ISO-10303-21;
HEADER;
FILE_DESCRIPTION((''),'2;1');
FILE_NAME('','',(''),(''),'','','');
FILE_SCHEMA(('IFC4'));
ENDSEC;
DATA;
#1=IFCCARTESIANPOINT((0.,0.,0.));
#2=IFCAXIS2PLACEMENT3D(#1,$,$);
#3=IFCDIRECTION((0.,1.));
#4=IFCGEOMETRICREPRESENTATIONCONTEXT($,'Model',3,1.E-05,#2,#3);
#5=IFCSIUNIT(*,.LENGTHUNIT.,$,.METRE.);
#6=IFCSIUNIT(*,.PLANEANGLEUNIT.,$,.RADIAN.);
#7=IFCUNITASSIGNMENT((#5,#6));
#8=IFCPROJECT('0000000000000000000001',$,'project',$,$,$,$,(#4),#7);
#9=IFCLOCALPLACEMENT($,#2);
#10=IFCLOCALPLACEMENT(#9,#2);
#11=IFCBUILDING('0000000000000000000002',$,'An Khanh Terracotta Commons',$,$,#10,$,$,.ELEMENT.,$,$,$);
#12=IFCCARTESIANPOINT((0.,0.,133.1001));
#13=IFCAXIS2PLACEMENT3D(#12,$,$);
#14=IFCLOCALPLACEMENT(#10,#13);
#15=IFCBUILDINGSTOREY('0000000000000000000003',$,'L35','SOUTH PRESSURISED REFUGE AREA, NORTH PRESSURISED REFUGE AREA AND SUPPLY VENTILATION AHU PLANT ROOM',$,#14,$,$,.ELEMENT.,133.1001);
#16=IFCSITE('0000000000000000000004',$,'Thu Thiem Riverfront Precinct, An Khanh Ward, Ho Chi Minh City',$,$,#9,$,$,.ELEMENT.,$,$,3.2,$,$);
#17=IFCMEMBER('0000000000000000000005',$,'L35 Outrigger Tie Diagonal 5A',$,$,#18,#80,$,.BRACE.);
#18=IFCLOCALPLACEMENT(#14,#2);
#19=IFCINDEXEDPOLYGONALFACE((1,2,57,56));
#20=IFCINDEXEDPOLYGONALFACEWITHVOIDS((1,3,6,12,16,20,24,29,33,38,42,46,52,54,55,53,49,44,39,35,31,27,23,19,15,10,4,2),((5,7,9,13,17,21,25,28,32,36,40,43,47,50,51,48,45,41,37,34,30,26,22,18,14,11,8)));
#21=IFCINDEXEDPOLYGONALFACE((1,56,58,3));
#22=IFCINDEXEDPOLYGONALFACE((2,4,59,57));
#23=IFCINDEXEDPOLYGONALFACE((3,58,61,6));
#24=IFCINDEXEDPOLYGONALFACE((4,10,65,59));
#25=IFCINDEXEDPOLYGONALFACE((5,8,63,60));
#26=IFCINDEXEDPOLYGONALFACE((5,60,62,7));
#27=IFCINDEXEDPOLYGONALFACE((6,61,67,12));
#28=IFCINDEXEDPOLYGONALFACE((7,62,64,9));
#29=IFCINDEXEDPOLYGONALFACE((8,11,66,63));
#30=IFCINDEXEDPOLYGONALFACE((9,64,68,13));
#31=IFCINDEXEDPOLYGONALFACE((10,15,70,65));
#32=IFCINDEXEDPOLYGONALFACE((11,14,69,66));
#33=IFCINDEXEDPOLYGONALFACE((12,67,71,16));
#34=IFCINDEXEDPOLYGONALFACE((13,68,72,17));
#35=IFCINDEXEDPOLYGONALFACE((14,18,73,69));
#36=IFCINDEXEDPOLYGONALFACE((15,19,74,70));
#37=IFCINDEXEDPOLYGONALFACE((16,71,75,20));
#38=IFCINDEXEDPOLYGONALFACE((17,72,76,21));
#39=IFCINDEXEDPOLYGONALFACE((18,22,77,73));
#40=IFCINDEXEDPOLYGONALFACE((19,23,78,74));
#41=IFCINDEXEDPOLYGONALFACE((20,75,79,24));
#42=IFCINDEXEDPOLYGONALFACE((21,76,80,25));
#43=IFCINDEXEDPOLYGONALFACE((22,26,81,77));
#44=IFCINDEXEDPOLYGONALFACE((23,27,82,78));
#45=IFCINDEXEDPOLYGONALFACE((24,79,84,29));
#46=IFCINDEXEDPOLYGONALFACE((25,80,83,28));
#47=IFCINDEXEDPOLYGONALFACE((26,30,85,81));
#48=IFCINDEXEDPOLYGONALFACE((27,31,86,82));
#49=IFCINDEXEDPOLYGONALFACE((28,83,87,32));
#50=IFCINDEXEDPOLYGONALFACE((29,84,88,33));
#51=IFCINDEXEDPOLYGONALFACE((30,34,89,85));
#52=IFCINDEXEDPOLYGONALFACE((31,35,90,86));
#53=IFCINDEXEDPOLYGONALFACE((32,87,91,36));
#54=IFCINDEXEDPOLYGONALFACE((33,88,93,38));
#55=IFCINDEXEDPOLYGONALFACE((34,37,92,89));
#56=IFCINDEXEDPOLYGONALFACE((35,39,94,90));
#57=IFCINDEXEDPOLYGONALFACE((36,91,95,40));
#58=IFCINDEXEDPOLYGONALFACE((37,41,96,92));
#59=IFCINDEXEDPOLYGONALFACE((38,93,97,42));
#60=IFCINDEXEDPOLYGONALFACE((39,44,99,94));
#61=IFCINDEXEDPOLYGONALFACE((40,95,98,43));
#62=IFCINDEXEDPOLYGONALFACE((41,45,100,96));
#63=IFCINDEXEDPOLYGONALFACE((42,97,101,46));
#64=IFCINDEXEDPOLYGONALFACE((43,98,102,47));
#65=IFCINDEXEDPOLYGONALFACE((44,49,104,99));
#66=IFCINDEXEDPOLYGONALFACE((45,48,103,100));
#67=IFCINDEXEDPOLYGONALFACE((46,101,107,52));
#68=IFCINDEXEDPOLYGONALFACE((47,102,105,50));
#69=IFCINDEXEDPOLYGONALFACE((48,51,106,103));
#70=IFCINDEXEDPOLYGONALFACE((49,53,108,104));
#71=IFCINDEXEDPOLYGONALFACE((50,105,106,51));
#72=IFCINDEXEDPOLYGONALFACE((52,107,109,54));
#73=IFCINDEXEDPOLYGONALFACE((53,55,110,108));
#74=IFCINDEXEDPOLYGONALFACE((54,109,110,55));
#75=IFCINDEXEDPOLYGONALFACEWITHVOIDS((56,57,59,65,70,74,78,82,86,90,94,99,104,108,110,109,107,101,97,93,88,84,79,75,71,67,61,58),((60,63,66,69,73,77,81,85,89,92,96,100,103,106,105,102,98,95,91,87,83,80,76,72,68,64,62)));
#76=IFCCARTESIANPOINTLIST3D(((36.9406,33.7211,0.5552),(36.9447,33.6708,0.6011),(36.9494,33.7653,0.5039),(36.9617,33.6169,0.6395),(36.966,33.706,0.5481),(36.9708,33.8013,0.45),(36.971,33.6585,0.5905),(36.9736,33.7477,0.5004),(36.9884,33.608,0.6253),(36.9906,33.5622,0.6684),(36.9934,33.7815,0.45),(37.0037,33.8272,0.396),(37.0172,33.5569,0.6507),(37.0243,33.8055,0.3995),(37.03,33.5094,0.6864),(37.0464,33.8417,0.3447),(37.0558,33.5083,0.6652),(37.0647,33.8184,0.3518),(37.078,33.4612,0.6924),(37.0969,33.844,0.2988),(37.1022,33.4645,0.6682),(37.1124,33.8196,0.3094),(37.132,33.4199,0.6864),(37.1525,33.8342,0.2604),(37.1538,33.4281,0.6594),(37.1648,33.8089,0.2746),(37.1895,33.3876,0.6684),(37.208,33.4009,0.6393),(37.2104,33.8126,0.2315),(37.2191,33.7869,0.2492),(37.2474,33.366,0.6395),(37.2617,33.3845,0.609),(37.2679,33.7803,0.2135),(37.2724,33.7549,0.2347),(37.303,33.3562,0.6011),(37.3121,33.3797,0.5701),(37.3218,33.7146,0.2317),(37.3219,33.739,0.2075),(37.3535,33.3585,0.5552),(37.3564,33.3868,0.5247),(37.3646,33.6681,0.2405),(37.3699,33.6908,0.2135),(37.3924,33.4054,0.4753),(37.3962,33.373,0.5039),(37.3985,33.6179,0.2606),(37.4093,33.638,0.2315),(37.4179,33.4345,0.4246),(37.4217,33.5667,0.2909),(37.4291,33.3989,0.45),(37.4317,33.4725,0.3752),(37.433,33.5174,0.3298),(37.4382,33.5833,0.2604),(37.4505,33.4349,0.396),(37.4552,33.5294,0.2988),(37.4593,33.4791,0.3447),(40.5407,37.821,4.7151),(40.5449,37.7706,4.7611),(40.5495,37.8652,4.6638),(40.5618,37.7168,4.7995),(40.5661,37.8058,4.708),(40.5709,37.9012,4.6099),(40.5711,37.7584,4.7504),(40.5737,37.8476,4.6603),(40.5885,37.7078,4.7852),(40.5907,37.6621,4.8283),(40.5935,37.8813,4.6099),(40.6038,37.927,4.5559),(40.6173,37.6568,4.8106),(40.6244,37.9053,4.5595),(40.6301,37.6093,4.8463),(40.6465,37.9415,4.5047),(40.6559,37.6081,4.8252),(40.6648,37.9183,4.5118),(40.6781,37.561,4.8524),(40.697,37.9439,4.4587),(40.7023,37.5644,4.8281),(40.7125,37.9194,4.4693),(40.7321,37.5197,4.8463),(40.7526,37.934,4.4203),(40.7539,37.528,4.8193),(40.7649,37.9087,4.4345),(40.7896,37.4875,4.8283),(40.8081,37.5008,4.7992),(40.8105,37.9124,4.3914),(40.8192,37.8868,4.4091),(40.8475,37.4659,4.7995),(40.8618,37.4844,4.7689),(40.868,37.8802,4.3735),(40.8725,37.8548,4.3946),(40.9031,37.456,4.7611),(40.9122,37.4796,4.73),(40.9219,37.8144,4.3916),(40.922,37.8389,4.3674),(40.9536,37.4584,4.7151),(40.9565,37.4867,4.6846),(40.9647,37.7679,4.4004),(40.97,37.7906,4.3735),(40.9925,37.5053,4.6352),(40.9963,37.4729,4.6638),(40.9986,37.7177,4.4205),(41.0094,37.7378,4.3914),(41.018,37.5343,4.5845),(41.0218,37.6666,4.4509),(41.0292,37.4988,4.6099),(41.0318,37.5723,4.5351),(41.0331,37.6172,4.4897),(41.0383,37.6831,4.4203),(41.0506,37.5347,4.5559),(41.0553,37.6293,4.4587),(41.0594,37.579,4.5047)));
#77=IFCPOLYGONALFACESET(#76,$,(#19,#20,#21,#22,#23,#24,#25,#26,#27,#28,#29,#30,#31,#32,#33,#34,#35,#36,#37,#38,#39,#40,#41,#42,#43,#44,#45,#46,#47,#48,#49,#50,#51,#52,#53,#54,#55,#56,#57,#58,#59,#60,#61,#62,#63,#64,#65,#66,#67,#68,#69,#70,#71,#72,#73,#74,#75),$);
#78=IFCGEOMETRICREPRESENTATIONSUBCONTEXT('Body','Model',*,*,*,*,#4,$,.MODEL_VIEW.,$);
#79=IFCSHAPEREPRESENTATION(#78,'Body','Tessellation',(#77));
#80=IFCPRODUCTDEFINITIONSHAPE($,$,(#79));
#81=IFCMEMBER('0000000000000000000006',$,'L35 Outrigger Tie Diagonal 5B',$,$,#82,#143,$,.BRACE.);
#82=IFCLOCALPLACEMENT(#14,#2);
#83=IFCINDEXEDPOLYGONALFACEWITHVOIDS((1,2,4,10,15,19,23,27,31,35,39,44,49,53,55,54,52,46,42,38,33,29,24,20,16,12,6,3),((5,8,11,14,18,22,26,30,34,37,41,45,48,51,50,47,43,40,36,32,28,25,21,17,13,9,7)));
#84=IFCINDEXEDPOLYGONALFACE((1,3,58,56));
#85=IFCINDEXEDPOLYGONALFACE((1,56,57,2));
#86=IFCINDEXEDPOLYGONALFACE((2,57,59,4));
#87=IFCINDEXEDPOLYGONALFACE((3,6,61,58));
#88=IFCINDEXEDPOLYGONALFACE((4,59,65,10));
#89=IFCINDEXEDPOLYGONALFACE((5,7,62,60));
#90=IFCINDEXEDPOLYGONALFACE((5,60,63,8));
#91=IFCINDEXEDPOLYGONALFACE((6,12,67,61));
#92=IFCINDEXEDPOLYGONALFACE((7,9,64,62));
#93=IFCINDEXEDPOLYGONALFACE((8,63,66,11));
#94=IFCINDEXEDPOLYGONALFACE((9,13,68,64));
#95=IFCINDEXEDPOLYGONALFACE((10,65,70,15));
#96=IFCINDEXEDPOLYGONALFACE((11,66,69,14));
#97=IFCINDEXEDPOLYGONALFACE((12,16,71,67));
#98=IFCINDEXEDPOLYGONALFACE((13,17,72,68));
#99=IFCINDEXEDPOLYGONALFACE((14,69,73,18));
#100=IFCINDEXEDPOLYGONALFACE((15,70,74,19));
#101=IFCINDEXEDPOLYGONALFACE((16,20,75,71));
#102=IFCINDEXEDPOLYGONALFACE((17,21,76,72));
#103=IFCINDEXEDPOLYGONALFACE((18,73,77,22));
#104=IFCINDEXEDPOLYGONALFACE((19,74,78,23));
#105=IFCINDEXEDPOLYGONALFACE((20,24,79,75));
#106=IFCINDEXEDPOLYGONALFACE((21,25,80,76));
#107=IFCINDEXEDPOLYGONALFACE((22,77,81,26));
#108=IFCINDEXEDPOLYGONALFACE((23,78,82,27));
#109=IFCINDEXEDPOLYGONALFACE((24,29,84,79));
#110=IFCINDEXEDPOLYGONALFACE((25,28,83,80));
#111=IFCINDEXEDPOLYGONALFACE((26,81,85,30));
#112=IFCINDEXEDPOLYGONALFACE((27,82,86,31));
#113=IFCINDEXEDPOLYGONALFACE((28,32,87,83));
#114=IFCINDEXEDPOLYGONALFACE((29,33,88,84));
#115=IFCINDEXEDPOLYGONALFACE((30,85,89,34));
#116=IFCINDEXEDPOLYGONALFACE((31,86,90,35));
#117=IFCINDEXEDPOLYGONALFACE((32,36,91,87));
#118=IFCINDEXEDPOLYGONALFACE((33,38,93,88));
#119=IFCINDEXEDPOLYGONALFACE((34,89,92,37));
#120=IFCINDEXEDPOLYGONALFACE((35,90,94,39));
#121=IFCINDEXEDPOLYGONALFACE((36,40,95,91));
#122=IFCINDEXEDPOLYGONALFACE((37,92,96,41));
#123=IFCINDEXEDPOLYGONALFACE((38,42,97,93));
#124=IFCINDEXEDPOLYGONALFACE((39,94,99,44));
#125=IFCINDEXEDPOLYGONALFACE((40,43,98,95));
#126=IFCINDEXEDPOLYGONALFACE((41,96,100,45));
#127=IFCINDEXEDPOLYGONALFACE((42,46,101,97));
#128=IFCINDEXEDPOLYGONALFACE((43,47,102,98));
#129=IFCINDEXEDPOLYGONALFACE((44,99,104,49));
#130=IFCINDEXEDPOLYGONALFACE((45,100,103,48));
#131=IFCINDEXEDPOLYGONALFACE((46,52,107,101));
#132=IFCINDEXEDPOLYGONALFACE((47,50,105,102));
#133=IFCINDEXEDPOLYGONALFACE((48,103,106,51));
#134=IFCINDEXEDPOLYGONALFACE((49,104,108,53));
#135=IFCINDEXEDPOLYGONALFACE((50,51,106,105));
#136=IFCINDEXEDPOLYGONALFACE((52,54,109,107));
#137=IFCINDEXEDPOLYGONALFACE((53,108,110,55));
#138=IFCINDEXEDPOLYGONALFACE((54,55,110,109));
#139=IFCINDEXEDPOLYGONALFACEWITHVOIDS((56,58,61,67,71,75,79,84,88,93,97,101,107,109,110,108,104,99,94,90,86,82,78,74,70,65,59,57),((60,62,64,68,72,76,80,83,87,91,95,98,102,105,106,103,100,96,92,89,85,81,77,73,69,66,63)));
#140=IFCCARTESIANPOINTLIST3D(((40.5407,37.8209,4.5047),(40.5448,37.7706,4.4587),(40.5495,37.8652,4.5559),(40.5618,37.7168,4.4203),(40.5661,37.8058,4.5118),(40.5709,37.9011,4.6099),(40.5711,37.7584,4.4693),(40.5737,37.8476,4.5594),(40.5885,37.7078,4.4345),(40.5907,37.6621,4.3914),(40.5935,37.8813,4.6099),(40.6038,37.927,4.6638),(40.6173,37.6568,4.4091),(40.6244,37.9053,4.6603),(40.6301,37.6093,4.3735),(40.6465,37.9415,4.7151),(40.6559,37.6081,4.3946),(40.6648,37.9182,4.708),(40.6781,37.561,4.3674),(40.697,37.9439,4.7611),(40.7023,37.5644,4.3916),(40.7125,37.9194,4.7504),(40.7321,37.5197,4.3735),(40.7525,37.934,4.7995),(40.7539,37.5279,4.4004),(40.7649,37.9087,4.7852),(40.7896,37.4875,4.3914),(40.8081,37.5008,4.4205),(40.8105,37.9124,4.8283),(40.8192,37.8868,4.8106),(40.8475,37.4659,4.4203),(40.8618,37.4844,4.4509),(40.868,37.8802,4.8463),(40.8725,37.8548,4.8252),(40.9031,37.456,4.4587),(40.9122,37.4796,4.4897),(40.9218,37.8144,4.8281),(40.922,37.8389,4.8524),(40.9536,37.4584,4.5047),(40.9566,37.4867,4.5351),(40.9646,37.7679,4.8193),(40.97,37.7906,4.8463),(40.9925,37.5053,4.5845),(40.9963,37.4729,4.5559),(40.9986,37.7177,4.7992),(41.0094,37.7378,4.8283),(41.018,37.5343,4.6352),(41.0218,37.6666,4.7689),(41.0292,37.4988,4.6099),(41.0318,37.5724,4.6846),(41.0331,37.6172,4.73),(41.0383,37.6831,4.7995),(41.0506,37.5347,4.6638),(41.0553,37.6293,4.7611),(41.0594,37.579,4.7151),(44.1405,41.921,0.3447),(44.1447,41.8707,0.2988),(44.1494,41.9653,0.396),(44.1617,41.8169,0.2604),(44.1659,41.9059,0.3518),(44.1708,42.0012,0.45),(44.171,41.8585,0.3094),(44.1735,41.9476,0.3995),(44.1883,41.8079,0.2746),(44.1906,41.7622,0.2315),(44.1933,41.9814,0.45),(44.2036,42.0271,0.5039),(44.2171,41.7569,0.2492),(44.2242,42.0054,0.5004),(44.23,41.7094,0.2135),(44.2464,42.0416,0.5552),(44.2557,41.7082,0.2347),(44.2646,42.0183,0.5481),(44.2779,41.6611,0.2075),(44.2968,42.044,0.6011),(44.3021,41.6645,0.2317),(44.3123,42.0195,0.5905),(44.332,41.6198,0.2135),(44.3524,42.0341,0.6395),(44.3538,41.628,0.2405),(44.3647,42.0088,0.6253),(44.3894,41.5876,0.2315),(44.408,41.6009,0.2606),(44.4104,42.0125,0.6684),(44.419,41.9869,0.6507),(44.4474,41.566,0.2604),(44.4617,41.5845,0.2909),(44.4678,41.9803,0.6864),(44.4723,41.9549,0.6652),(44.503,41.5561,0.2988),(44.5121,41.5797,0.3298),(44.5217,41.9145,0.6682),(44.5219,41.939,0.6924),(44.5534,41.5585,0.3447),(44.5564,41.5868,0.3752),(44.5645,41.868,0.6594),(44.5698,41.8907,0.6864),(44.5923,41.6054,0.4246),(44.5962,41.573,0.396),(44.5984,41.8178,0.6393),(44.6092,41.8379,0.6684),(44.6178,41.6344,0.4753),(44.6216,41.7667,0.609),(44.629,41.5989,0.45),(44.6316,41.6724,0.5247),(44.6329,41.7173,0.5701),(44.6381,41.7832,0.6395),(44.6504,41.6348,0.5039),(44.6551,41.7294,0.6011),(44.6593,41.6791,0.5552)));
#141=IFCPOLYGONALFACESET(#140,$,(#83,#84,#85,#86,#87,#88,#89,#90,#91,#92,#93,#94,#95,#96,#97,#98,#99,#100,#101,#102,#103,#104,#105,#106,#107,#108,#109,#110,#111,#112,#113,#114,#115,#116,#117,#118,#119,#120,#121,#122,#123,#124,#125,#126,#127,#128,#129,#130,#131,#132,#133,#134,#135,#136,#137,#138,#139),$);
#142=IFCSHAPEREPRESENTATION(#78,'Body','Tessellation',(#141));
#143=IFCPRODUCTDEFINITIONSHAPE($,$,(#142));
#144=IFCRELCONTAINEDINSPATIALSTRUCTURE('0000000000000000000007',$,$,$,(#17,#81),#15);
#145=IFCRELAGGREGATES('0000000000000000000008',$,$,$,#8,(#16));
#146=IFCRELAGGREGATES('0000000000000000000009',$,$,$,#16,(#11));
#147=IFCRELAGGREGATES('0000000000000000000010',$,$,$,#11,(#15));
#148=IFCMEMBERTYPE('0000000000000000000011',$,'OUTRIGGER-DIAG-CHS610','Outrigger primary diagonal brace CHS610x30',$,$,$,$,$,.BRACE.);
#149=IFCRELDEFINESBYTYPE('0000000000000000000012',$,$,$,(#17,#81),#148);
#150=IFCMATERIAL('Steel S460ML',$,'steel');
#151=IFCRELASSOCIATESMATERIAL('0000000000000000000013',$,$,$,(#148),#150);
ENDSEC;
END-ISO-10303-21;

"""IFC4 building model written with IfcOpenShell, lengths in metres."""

from ifc_helpers import new_model, si_unit, direction, frame, origin, origin_2d, place, context, subcontext, project, spatial, hollow_circle, extrude, material, material_profile, profile_set, type_object, element, save


model = new_model("IFC4")

# Units and contexts
model_context = context("Model", 3, precision=1e-05, world=origin(), true_north=direction((0.0, 1.0)))
body_context = subcontext(model_context, "Body", "Model", "MODEL_VIEW")
ifc_project = project(units=[si_unit("LENGTHUNIT", "METRE"), si_unit("PLANEANGLEUNIT", "RADIAN")], contexts=[model_context])

# Site, building, storey
site_placement = place(None, origin())
site = spatial("IfcSite", under=ifc_project, at=site_placement, Name="Thu Thiem Riverfront Precinct, An Khanh Ward, Ho Chi Minh City", CompositionType="ELEMENT", RefElevation=3.2)
building_placement = place(site_placement, origin())
building = spatial("IfcBuilding", under=site, at=building_placement, Name="An Khanh Terracotta Commons", CompositionType="ELEMENT")
storey_placement = place(building_placement, frame((0.0, 0.0, 133.1001)))
storey = spatial("IfcBuildingStorey", under=building, at=storey_placement, Name="L35", Description="SOUTH PRESSURISED REFUGE AREA, NORTH PRESSURISED REFUGE AREA AND SUPPLY VENTILATION AHU PLANT ROOM", CompositionType="ELEMENT", Elevation=133.1001)

# Shared definitions
ifc_material_1 = material(Name="Steel S460ML", Category="steel")

# Members
ifc_material_profile_1 = material_profile(ifc_material_1, hollow_circle(Radius=0.3049, WallThickness=0.03, at=origin_2d()), Name="CHS610x30")
ifc_profile_set_1 = profile_set([ifc_material_profile_1], Name="Steel S460ML")
member_type_1 = type_object("IfcMemberType", Name="OUTRIGGER-DIAG-CHS610", Description="Outrigger primary diagonal brace CHS610x30", PredefinedType="BRACE", material=ifc_profile_set_1)
for number, where, z_axis, x_axis, name in (
    (1, (37.2, 33.6001, 0.45), (0.524713, 0.597553, 0.606306), (-0.75142, 0.659825, 0.0), "L35 Outrigger Tie Diagonal 5A"),
    (2, (40.8, 37.7, 4.6099), (0.524676, 0.597587, -0.606304), (-0.751461, 0.659777, 0.0), "L35 Outrigger Tie Diagonal 5B"),
):
    element("IfcMember", number, at=place(storey_placement, frame(where, z_axis=z_axis, x_axis=x_axis)), inside=storey, type_object=member_type_1, Name=name, PredefinedType="BRACE", context=body_context, shape_type="SweptSolid", body=[
        extrude(hollow_circle(Radius=0.3049, WallThickness=0.03, at=origin_2d()), origin(), (0.0, 0.0, 1.0), 6.8611),
    ])

save(model, "model.ifc")
